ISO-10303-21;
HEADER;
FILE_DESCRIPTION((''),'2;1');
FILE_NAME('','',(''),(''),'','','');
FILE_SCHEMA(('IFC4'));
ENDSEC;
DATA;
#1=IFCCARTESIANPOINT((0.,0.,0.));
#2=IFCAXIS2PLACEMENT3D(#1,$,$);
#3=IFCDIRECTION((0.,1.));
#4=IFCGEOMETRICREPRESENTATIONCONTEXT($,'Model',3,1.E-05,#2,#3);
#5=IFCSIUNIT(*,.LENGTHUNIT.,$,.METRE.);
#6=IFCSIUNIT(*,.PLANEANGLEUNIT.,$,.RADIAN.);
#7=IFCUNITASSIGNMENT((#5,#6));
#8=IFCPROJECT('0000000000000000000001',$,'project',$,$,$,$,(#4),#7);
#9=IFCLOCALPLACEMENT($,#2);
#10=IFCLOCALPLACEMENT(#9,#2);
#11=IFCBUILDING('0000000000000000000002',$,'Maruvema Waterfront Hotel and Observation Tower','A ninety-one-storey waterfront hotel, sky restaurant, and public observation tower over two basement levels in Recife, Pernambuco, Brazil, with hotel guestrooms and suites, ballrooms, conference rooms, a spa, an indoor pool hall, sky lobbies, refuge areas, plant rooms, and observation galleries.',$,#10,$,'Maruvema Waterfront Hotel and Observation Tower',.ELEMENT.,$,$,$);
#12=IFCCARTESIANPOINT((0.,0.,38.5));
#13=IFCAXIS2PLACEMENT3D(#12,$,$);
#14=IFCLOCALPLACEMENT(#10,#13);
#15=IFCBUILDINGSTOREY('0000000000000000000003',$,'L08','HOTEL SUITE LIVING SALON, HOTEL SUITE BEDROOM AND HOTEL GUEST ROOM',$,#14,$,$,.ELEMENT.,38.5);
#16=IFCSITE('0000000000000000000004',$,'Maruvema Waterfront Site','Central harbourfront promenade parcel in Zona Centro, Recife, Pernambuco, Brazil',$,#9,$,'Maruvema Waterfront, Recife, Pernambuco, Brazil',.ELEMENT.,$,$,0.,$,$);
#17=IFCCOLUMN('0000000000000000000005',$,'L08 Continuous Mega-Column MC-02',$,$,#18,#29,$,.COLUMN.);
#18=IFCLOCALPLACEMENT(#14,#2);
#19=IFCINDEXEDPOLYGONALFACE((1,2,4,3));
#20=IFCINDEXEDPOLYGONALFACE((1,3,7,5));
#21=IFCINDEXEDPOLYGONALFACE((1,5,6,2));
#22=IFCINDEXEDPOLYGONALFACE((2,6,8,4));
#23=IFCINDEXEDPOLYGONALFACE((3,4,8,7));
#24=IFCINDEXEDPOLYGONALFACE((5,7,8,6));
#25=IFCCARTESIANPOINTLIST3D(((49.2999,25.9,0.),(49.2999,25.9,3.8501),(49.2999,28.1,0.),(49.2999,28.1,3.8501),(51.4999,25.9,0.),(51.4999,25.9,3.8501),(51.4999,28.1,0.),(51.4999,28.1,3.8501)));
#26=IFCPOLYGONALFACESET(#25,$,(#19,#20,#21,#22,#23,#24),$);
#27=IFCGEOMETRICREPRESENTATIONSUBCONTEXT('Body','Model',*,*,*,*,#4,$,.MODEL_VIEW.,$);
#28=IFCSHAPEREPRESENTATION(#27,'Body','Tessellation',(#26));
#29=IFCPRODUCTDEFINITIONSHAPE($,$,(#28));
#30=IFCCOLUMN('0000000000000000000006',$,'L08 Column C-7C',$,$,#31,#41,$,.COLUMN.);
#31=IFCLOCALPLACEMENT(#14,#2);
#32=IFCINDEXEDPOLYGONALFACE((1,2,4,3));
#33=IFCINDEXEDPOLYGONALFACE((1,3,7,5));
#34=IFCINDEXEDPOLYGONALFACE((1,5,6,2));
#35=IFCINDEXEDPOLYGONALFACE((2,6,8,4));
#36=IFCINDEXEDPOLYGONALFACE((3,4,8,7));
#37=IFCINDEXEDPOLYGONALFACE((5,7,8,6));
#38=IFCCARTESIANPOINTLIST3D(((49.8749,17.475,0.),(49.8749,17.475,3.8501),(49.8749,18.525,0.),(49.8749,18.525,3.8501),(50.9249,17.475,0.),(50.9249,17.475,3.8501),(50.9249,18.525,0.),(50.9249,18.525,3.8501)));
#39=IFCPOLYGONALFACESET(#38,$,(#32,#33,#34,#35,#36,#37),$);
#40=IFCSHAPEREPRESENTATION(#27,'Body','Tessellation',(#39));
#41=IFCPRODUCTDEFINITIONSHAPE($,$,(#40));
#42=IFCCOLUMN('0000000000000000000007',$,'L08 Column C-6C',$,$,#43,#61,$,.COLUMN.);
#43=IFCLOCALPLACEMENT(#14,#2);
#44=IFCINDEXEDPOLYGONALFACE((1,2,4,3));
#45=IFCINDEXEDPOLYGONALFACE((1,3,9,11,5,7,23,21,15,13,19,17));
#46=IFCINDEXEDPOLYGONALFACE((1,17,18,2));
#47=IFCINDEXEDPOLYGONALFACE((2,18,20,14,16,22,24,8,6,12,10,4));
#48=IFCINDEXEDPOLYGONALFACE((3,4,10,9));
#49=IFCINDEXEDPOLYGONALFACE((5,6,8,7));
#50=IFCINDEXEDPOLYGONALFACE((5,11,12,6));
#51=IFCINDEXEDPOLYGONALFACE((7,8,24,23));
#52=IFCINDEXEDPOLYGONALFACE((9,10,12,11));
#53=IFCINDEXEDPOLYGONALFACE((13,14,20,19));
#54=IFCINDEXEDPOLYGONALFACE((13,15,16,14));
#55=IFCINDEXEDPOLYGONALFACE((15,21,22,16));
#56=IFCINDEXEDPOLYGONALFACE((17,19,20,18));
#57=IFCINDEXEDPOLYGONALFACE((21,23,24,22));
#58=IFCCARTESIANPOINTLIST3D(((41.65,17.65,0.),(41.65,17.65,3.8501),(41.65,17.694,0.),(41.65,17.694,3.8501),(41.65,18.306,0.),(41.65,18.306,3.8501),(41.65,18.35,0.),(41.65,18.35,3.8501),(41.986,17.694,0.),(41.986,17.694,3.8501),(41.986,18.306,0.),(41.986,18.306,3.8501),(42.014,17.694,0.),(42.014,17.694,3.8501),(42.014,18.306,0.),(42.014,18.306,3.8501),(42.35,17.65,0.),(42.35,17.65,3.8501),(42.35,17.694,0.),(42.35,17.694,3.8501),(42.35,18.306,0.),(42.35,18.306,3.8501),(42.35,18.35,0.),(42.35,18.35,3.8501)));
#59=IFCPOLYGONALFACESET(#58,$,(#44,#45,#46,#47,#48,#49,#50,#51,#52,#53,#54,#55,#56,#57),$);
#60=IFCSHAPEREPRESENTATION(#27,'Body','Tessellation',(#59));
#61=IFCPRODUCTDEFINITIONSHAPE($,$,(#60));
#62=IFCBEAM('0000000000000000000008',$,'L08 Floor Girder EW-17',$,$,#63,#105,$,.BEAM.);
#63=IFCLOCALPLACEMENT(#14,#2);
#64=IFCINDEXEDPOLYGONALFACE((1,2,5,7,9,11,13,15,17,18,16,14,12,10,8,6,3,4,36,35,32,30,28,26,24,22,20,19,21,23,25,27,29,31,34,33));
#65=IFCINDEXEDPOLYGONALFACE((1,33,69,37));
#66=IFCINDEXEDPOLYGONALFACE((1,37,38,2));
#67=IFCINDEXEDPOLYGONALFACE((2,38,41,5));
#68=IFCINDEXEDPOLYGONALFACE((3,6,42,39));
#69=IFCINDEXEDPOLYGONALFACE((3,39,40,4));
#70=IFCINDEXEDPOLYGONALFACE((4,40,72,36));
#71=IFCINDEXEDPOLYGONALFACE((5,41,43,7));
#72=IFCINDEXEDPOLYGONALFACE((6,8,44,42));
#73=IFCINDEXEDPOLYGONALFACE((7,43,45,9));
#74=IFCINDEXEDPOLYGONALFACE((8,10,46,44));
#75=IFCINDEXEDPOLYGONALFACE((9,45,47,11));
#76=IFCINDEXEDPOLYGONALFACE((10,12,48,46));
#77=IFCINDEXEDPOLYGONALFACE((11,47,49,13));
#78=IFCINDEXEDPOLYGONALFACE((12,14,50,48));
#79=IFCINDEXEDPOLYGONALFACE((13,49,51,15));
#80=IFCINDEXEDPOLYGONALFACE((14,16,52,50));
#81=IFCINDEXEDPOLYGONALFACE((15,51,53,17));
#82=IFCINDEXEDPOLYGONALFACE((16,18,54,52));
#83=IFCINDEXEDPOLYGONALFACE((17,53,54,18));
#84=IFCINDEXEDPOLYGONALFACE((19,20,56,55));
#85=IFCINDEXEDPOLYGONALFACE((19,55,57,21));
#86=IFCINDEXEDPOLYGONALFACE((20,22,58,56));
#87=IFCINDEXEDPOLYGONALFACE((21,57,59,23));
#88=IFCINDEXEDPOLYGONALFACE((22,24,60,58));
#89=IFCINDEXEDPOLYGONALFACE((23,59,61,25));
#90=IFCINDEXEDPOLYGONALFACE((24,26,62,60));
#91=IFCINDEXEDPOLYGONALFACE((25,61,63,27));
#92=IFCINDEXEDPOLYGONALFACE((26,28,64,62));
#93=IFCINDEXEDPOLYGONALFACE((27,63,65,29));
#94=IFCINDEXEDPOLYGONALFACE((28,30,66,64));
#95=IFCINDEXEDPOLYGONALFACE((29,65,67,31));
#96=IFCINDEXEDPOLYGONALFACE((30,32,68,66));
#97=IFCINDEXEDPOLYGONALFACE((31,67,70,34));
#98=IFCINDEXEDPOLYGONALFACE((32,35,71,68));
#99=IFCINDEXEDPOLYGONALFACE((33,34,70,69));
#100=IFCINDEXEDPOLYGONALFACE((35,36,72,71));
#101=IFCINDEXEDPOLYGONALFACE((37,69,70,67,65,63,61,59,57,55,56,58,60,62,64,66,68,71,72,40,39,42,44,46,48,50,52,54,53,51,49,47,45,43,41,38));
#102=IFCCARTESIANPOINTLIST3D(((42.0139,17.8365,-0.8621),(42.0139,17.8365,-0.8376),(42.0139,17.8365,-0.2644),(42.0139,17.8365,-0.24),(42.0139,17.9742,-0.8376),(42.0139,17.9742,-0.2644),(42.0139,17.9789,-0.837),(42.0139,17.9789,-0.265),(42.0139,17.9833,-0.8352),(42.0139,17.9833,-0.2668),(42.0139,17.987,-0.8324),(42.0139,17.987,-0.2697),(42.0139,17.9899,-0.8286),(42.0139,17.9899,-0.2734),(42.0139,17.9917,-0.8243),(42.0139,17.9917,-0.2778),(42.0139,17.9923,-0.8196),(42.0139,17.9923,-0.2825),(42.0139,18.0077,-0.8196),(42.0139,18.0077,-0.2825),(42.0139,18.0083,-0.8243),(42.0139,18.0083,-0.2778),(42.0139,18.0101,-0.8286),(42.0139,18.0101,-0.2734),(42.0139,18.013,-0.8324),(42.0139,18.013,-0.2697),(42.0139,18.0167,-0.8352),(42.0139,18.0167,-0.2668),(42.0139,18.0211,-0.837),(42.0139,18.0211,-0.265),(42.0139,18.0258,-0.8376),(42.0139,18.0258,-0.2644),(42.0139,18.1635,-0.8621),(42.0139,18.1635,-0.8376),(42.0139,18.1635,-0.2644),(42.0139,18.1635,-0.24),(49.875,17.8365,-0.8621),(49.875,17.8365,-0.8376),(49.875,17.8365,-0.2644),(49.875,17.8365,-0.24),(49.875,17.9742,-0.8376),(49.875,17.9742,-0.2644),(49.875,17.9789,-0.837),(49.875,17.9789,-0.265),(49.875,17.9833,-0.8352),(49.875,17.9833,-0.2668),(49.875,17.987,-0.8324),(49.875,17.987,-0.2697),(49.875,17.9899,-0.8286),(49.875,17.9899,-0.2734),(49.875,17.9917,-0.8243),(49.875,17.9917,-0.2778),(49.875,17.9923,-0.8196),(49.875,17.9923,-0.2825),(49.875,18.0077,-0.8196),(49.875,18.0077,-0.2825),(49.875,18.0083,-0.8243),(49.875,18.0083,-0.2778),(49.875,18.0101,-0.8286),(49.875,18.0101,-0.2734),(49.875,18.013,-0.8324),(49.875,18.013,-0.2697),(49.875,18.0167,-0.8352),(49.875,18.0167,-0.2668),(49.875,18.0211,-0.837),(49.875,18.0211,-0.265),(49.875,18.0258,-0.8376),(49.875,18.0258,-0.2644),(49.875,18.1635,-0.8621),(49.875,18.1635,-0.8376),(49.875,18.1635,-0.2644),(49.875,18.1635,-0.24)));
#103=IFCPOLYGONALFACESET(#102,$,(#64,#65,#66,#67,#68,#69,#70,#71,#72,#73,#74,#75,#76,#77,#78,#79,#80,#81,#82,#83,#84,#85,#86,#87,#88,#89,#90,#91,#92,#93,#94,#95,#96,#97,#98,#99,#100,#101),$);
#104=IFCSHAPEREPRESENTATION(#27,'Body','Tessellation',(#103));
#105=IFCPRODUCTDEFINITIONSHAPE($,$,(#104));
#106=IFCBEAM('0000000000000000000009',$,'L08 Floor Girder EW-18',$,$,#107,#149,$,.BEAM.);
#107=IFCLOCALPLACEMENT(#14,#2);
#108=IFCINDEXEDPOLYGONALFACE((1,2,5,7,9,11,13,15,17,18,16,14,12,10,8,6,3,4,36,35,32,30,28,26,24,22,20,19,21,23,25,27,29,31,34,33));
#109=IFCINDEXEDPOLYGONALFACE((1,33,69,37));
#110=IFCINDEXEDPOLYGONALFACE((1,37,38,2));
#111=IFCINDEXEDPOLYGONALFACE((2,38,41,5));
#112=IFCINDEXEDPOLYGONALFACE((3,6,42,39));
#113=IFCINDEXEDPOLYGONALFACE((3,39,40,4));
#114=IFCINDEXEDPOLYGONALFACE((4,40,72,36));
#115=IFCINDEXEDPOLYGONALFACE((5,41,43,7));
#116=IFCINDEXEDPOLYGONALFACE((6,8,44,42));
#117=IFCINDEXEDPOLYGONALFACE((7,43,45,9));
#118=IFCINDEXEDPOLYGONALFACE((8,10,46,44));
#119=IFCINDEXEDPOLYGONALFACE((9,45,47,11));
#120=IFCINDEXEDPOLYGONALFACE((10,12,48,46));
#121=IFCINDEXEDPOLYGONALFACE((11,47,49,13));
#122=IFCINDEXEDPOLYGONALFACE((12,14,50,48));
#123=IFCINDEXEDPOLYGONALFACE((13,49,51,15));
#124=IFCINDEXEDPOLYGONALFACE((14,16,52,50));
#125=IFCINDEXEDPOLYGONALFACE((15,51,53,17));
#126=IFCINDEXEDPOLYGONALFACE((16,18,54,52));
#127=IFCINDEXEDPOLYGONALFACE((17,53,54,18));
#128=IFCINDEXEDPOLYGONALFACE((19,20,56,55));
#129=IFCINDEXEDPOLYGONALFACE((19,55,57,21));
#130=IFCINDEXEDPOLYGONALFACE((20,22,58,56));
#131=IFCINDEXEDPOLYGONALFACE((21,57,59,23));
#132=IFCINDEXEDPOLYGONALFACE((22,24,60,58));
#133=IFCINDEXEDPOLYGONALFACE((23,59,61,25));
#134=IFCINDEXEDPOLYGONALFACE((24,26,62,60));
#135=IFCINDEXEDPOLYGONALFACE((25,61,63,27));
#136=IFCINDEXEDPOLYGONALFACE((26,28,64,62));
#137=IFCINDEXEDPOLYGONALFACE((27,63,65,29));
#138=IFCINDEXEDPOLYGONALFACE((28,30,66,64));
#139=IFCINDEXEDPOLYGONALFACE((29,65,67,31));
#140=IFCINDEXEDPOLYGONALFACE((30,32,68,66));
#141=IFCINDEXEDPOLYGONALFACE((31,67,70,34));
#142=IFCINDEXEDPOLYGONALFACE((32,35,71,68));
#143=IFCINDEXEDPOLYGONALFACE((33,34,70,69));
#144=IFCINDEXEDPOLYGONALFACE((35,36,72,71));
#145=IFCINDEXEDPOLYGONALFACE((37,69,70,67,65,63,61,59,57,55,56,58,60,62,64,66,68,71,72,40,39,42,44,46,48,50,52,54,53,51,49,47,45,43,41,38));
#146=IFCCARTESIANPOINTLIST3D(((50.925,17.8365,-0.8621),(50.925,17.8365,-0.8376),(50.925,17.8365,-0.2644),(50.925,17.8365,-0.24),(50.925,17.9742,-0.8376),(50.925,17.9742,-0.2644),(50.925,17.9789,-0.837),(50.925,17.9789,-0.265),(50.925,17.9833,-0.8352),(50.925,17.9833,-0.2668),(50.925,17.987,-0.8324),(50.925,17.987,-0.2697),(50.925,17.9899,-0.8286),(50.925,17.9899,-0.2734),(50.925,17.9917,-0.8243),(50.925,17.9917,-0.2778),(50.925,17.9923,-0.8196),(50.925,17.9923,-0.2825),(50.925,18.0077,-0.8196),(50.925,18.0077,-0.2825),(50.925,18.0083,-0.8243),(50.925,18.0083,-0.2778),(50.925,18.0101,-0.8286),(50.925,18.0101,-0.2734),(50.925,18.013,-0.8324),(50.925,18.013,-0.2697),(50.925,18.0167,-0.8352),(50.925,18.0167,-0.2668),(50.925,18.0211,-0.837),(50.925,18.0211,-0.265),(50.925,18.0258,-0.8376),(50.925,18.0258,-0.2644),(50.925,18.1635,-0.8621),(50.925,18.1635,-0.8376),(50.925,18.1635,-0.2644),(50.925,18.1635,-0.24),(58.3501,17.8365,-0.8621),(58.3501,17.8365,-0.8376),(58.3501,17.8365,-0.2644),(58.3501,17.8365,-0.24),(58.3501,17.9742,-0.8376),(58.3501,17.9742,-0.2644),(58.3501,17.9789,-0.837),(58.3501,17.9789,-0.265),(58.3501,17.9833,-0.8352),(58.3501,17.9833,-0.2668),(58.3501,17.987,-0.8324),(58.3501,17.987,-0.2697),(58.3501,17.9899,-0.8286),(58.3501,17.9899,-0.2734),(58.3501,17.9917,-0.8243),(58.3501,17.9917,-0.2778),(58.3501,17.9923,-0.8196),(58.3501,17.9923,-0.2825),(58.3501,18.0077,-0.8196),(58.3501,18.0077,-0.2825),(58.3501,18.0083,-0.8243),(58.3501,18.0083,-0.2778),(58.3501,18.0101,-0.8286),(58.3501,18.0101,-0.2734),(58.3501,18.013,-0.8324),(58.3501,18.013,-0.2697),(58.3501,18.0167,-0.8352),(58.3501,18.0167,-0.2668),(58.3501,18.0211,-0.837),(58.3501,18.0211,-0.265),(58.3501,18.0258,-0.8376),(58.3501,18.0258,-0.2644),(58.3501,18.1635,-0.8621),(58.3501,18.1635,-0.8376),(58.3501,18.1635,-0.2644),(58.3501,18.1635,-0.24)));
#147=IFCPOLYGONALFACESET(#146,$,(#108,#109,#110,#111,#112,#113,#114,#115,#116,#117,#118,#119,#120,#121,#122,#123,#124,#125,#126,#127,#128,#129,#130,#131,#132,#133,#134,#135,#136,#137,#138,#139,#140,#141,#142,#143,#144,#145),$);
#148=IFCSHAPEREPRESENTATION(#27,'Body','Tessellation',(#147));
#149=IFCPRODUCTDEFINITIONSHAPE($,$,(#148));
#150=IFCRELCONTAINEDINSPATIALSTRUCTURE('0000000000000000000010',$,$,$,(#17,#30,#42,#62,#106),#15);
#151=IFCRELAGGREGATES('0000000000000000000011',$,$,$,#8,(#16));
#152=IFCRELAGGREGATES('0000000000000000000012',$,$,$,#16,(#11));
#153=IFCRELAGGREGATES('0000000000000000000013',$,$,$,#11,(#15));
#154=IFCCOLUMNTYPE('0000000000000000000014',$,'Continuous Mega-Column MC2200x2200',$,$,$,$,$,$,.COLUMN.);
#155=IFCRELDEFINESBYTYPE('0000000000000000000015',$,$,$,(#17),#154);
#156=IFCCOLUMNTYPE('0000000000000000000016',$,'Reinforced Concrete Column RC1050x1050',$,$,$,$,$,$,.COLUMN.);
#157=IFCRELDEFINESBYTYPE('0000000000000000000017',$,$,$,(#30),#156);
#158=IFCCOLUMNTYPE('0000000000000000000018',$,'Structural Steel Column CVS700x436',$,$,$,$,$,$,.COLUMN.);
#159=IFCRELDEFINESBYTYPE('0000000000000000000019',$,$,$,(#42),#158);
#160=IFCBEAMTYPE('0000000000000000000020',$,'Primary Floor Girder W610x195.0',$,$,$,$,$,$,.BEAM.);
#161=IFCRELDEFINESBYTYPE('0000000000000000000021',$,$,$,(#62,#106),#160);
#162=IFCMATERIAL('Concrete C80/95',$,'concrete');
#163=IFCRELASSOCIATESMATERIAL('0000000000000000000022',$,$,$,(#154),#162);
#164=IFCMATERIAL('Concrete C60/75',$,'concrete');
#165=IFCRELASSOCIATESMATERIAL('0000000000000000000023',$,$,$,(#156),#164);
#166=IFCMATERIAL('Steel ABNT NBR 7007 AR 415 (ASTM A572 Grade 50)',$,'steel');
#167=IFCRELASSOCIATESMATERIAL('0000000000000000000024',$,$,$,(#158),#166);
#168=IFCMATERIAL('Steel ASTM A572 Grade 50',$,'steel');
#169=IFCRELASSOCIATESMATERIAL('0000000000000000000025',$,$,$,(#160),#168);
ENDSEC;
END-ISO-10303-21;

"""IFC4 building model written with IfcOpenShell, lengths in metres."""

from ifc_helpers import new_model, si_unit, direction, frame, origin, origin_2d, place, context, subcontext, project, spatial, rectangle, i_section, extrude, material, material_profile, profile_set, type_object, element, save


model = new_model("IFC4")

# Units and contexts
model_context = context("Model", 3, precision=1e-05, world=origin(), true_north=direction((0.0, 1.0)))
body_context = subcontext(model_context, "Body", "Model", "MODEL_VIEW")
ifc_project = project(units=[si_unit("LENGTHUNIT", "METRE"), si_unit("PLANEANGLEUNIT", "RADIAN")], contexts=[model_context])

# Site, building, storey
site_placement = place(None, origin())
site = spatial("IfcSite", under=ifc_project, at=site_placement, Name="Maruvema Waterfront Site", Description="Central harbourfront promenade parcel in Zona Centro, Recife, Pernambuco, Brazil", LongName="Maruvema Waterfront, Recife, Pernambuco, Brazil", CompositionType="ELEMENT", RefElevation=0.0)
building_placement = place(site_placement, origin())
building = spatial("IfcBuilding", under=site, at=building_placement, Name="Maruvema Waterfront Hotel and Observation Tower", Description="A ninety-one-storey waterfront hotel, sky restaurant, and public observation tower over two basement levels in Recife, Pernambuco, Brazil, with hotel guestrooms and suites, ballrooms, conference rooms, a spa, an indoor pool hall, sky lobbies, refuge areas, plant rooms, and observation galleries.", LongName="Maruvema Waterfront Hotel and Observation Tower", CompositionType="ELEMENT")
storey_placement = place(building_placement, frame((0.0, 0.0, 38.5)))
storey = spatial("IfcBuildingStorey", under=building, at=storey_placement, Name="L08", Description="HOTEL SUITE LIVING SALON, HOTEL SUITE BEDROOM AND HOTEL GUEST ROOM", CompositionType="ELEMENT", Elevation=38.5)

# Columns
ifc_material_1 = material(Name="Concrete C80/95", Category="concrete")
ifc_material_profile_1 = material_profile(ifc_material_1, rectangle(XDim=2.2, YDim=2.2, at=origin_2d()), Name="MC2200x2200")
ifc_profile_set_1 = profile_set([ifc_material_profile_1], Name="Concrete C80/95")
column_type_1 = type_object("IfcColumnType", Name="Continuous Mega-Column MC2200x2200", PredefinedType="COLUMN", material=ifc_profile_set_1)
column_1_placement = place(storey_placement, frame((50.3999, 27.0, 0.0), z_axis=(0.0, 0.0, 1.0), x_axis=(1.0, 0.0, 0.0)))
element("IfcColumn", 1, at=column_1_placement, inside=storey, type_object=column_type_1, Name="L08 Continuous Mega-Column MC-02", PredefinedType="COLUMN", context=body_context, shape_type="SweptSolid", body=[
    extrude(rectangle(XDim=2.2, YDim=2.2, at=origin_2d()), origin(), (0.0, 0.0, 1.0), 3.8501),
])
ifc_material_2 = material(Name="Concrete C60/75", Category="concrete")
ifc_material_profile_2 = material_profile(ifc_material_2, rectangle(XDim=1.05, YDim=1.05, at=origin_2d()), Name="RC1050x1050")
ifc_profile_set_2 = profile_set([ifc_material_profile_2], Name="Concrete C60/75")
column_type_2 = type_object("IfcColumnType", Name="Reinforced Concrete Column RC1050x1050", PredefinedType="COLUMN", material=ifc_profile_set_2)
column_2_placement = place(storey_placement, frame((50.3999, 18.0, 0.0), z_axis=(0.0, 0.0, 1.0), x_axis=(1.0, 0.0, 0.0)))
element("IfcColumn", 2, at=column_2_placement, inside=storey, type_object=column_type_2, Name="L08 Column C-7C", PredefinedType="COLUMN", context=body_context, shape_type="SweptSolid", body=[
    extrude(rectangle(XDim=1.05, YDim=1.05, at=origin_2d()), origin(), (0.0, 0.0, 1.0), 3.8501),
])
ifc_material_3 = material(Name="Steel ABNT NBR 7007 AR 415 (ASTM A572 Grade 50)", Category="steel")
ifc_material_profile_3 = material_profile(ifc_material_3, i_section(OverallWidth=0.7, OverallDepth=0.7, WebThickness=0.0281, FlangeThickness=0.0439, at=origin_2d()), Name="CVS700x436")
ifc_profile_set_3 = profile_set([ifc_material_profile_3], Name="Steel ABNT NBR 7007 AR 415 (ASTM A572 Grade 50)")
column_type_3 = type_object("IfcColumnType", Name="Structural Steel Column CVS700x436", PredefinedType="COLUMN", material=ifc_profile_set_3)
column_3_placement = place(storey_placement, frame((42.0, 18.0, 0.0), z_axis=(0.0, 0.0, 1.0), x_axis=(1.0, 0.0, 0.0)))
element("IfcColumn", 3, at=column_3_placement, inside=storey, type_object=column_type_3, Name="L08 Column C-6C", PredefinedType="COLUMN", context=body_context, shape_type="SweptSolid", body=[
    extrude(i_section(OverallWidth=0.7, OverallDepth=0.7, WebThickness=0.0281, FlangeThickness=0.0439, at=origin_2d()), origin(), (0.0, 0.0, 1.0), 3.8501),
])

# Beams
ifc_material_4 = material(Name="Steel ASTM A572 Grade 50", Category="steel")
ifc_material_profile_4 = material_profile(ifc_material_4, i_section(OverallWidth=0.3269, OverallDepth=0.6221, WebThickness=0.0154, FlangeThickness=0.0244, FilletRadius=0.0181, at=origin_2d()), Name="W610x195.0")
ifc_profile_set_4 = profile_set([ifc_material_profile_4], Name="Steel ASTM A572 Grade 50")
beam_type = type_object("IfcBeamType", Name="Primary Floor Girder W610x195.0", PredefinedType="BEAM", material=ifc_profile_set_4)
beam_1_placement = place(storey_placement, frame((42.0139, 18.0, -0.551), z_axis=(1.0, 0.0, 0.0), x_axis=(0.0, 1.0, 0.0)))
element("IfcBeam", 4, at=beam_1_placement, inside=storey, type_object=beam_type, Name="L08 Floor Girder EW-17", PredefinedType="BEAM", context=body_context, shape_type="SweptSolid", body=[
    extrude(i_section(OverallWidth=0.3269, OverallDepth=0.6221, WebThickness=0.0154, FlangeThickness=0.0244, FilletRadius=0.0181, at=origin_2d()), origin(), (0.0, 0.0, 1.0), 7.8611),
])
beam_2_placement = place(storey_placement, frame((50.925, 18.0, -0.551), z_axis=(1.0, 0.0, 0.0), x_axis=(0.0, 1.0, 0.0)))
element("IfcBeam", 5, at=beam_2_placement, inside=storey, type_object=beam_type, Name="L08 Floor Girder EW-18", PredefinedType="BEAM", context=body_context, shape_type="SweptSolid", body=[
    extrude(i_section(OverallWidth=0.3269, OverallDepth=0.6221, WebThickness=0.0154, FlangeThickness=0.0244, FilletRadius=0.0181, at=origin_2d()), origin(), (0.0, 0.0, 1.0), 7.425),
])

save(model, "model.ifc")
